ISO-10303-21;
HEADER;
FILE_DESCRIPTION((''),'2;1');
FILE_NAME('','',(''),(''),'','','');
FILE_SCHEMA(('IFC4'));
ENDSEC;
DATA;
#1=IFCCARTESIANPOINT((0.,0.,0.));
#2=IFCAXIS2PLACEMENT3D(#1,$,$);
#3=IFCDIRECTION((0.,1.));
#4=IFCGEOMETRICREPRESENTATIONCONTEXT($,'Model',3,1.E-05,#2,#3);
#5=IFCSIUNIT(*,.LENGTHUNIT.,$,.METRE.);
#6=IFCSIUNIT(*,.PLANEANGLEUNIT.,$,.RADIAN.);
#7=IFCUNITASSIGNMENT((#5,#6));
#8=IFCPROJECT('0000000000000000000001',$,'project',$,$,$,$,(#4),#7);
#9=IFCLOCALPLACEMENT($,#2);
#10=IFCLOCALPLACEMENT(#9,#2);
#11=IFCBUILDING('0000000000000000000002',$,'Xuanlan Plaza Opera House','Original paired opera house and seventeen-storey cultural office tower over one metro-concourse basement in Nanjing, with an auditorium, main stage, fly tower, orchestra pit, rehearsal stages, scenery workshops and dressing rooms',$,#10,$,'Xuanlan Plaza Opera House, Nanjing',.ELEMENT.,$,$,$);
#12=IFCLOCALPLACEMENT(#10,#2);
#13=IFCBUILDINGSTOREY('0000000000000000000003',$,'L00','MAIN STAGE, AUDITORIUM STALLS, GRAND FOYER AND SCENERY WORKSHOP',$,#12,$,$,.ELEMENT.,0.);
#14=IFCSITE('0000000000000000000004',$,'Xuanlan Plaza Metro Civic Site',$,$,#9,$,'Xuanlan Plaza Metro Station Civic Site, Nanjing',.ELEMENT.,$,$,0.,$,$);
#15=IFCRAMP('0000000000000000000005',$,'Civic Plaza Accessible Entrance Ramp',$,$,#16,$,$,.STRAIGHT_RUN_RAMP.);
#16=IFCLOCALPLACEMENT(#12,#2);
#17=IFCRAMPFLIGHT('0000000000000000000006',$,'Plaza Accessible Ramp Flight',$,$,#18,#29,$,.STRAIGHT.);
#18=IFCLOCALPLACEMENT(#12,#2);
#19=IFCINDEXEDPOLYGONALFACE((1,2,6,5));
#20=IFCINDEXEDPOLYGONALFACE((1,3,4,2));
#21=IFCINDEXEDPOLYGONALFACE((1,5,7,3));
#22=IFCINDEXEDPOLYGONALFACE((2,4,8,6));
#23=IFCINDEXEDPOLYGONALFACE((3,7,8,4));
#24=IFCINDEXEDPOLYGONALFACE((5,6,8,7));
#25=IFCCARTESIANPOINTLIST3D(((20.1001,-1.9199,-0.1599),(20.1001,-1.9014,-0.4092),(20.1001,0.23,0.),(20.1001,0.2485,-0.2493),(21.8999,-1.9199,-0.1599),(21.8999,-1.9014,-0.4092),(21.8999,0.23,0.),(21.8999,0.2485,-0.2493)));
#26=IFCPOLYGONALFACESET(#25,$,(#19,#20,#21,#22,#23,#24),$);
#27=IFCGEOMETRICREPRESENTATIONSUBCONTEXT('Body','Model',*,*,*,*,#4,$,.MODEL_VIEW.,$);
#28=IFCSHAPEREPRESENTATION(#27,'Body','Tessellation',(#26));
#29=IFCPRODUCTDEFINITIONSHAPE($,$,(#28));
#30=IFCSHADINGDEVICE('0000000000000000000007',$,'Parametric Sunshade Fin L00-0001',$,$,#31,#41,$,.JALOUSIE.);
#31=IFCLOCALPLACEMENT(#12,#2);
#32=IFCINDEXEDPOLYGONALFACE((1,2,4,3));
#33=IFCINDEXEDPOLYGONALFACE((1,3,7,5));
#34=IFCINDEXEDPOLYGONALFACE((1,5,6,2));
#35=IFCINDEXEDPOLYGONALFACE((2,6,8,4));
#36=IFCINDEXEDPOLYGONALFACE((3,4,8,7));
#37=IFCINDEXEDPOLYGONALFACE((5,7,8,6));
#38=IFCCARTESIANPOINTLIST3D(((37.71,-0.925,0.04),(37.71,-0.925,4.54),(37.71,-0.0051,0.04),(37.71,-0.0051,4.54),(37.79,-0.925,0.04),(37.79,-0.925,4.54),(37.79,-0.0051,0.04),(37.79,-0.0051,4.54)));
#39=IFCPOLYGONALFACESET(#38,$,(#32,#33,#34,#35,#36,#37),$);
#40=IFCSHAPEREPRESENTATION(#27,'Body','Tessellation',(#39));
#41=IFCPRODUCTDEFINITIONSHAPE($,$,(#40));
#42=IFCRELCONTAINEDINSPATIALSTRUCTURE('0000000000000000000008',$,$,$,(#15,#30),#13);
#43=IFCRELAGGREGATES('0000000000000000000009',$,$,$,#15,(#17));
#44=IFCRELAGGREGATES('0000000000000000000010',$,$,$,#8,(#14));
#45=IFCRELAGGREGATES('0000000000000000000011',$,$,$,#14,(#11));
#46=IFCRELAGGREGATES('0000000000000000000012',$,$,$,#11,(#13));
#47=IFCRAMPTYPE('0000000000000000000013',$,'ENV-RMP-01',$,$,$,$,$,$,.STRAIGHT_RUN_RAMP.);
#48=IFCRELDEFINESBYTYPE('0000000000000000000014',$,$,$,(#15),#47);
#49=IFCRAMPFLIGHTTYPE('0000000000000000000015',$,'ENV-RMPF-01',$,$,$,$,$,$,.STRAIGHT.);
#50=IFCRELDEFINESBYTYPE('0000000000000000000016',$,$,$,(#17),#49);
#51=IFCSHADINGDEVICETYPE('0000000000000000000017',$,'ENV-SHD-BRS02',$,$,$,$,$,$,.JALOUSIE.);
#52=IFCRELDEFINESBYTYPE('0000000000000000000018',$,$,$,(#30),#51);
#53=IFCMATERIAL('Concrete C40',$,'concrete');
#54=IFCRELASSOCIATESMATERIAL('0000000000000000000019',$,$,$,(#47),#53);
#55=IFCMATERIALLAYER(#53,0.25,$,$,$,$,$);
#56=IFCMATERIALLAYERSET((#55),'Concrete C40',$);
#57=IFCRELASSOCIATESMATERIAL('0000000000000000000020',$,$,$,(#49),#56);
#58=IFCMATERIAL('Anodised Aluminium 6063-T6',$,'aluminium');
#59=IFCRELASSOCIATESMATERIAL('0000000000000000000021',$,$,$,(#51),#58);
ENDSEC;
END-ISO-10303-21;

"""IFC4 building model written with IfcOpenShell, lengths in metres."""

from ifc_helpers import new_model, si_unit, direction, frame, origin, origin_2d, place, context, subcontext, project, spatial, polyline, rectangle, outline, extrude, material, layer, layer_set, type_object, element, aggregate, save


model = new_model("IFC4")

# Units and contexts
model_context = context("Model", 3, precision=1e-05, world=origin(), true_north=direction((0.0, 1.0)))
body_context = subcontext(model_context, "Body", "Model", "MODEL_VIEW")
ifc_project = project(units=[si_unit("LENGTHUNIT", "METRE"), si_unit("PLANEANGLEUNIT", "RADIAN")], contexts=[model_context])

# Site, building, storey
site_placement = place(None, origin())
site = spatial("IfcSite", under=ifc_project, at=site_placement, Name="Xuanlan Plaza Metro Civic Site", LongName="Xuanlan Plaza Metro Station Civic Site, Nanjing", CompositionType="ELEMENT", RefElevation=0.0)
building_placement = place(site_placement, origin())
building = spatial("IfcBuilding", under=site, at=building_placement, Name="Xuanlan Plaza Opera House", Description="Original paired opera house and seventeen-storey cultural office tower over one metro-concourse basement in Nanjing, with an auditorium, main stage, fly tower, orchestra pit, rehearsal stages, scenery workshops and dressing rooms", LongName="Xuanlan Plaza Opera House, Nanjing", CompositionType="ELEMENT")
storey_placement = place(building_placement, origin())
storey = spatial("IfcBuildingStorey", under=building, at=storey_placement, Name="L00", Description="MAIN STAGE, AUDITORIUM STALLS, GRAND FOYER AND SCENERY WORKSHOP", CompositionType="ELEMENT", Elevation=0.0)

# Shared definitions
ifc_material_1 = material(Name="Concrete C40", Category="concrete")

# Shared definitions
ifc_material_2 = material(Name="Anodised Aluminium 6063-T6", Category="aluminium")

# Ramp, ramp flight
ramp_type = type_object("IfcRampType", Name="ENV-RMP-01", PredefinedType="STRAIGHT_RUN_RAMP", material=ifc_material_1)
ramp_placement = place(storey_placement, origin())
ramp = element("IfcRamp", 1, at=ramp_placement, inside=storey, type_object=ramp_type, Name="Civic Plaza Accessible Entrance Ramp", PredefinedType="STRAIGHT_RUN_RAMP")
ifc_layer_1 = layer(ifc_material_1, 0.25)
ifc_layer_set_1 = layer_set([ifc_layer_1], Name="Concrete C40")
ramp_flight_type = type_object("IfcRampFlightType", Name="ENV-RMPF-01", PredefinedType="STRAIGHT", material=ifc_layer_set_1)
ramp_flight_placement = place(storey_placement, frame((20.1001, -1.9199, -0.1599), z_axis=(0.0, -0.074176, 0.997245), x_axis=(1.0, 0.0, 0.0)))
ramp_flight = element("IfcRampFlight", 2, at=ramp_flight_placement, type_object=ramp_flight_type, Name="Plaza Accessible Ramp Flight", PredefinedType="STRAIGHT", context=body_context, shape_type="SweptSolid", body=[
    extrude(outline(polyline([(0.0, 0.0), (1.7998, 0.0), (1.7998, 2.1558), (0.0, 2.1558), (0.0, 0.0)])), origin(), (0.0, 0.0, -1.0), 0.25),
])
aggregate(ramp, [ramp_flight])

# Shading device
shading_device_type = type_object("IfcShadingDeviceType", Name="ENV-SHD-BRS02", PredefinedType="JALOUSIE", material=ifc_material_2)
shading_device_placement = place(storey_placement, frame((37.75, -0.4651, 0.04), z_axis=(0.0, 0.0, 1.0), x_axis=(0.0, -1.0, 0.0)))
element("IfcShadingDevice", 3, at=shading_device_placement, inside=storey, type_object=shading_device_type, Name="Parametric Sunshade Fin L00-0001", PredefinedType="JALOUSIE", context=body_context, shape_type="SweptSolid", body=[
    extrude(rectangle(XDim=0.9199, YDim=0.0801, at=origin_2d()), origin(), (0.0, 0.0, 1.0), 4.5),
])

save(model, "model.ifc")
